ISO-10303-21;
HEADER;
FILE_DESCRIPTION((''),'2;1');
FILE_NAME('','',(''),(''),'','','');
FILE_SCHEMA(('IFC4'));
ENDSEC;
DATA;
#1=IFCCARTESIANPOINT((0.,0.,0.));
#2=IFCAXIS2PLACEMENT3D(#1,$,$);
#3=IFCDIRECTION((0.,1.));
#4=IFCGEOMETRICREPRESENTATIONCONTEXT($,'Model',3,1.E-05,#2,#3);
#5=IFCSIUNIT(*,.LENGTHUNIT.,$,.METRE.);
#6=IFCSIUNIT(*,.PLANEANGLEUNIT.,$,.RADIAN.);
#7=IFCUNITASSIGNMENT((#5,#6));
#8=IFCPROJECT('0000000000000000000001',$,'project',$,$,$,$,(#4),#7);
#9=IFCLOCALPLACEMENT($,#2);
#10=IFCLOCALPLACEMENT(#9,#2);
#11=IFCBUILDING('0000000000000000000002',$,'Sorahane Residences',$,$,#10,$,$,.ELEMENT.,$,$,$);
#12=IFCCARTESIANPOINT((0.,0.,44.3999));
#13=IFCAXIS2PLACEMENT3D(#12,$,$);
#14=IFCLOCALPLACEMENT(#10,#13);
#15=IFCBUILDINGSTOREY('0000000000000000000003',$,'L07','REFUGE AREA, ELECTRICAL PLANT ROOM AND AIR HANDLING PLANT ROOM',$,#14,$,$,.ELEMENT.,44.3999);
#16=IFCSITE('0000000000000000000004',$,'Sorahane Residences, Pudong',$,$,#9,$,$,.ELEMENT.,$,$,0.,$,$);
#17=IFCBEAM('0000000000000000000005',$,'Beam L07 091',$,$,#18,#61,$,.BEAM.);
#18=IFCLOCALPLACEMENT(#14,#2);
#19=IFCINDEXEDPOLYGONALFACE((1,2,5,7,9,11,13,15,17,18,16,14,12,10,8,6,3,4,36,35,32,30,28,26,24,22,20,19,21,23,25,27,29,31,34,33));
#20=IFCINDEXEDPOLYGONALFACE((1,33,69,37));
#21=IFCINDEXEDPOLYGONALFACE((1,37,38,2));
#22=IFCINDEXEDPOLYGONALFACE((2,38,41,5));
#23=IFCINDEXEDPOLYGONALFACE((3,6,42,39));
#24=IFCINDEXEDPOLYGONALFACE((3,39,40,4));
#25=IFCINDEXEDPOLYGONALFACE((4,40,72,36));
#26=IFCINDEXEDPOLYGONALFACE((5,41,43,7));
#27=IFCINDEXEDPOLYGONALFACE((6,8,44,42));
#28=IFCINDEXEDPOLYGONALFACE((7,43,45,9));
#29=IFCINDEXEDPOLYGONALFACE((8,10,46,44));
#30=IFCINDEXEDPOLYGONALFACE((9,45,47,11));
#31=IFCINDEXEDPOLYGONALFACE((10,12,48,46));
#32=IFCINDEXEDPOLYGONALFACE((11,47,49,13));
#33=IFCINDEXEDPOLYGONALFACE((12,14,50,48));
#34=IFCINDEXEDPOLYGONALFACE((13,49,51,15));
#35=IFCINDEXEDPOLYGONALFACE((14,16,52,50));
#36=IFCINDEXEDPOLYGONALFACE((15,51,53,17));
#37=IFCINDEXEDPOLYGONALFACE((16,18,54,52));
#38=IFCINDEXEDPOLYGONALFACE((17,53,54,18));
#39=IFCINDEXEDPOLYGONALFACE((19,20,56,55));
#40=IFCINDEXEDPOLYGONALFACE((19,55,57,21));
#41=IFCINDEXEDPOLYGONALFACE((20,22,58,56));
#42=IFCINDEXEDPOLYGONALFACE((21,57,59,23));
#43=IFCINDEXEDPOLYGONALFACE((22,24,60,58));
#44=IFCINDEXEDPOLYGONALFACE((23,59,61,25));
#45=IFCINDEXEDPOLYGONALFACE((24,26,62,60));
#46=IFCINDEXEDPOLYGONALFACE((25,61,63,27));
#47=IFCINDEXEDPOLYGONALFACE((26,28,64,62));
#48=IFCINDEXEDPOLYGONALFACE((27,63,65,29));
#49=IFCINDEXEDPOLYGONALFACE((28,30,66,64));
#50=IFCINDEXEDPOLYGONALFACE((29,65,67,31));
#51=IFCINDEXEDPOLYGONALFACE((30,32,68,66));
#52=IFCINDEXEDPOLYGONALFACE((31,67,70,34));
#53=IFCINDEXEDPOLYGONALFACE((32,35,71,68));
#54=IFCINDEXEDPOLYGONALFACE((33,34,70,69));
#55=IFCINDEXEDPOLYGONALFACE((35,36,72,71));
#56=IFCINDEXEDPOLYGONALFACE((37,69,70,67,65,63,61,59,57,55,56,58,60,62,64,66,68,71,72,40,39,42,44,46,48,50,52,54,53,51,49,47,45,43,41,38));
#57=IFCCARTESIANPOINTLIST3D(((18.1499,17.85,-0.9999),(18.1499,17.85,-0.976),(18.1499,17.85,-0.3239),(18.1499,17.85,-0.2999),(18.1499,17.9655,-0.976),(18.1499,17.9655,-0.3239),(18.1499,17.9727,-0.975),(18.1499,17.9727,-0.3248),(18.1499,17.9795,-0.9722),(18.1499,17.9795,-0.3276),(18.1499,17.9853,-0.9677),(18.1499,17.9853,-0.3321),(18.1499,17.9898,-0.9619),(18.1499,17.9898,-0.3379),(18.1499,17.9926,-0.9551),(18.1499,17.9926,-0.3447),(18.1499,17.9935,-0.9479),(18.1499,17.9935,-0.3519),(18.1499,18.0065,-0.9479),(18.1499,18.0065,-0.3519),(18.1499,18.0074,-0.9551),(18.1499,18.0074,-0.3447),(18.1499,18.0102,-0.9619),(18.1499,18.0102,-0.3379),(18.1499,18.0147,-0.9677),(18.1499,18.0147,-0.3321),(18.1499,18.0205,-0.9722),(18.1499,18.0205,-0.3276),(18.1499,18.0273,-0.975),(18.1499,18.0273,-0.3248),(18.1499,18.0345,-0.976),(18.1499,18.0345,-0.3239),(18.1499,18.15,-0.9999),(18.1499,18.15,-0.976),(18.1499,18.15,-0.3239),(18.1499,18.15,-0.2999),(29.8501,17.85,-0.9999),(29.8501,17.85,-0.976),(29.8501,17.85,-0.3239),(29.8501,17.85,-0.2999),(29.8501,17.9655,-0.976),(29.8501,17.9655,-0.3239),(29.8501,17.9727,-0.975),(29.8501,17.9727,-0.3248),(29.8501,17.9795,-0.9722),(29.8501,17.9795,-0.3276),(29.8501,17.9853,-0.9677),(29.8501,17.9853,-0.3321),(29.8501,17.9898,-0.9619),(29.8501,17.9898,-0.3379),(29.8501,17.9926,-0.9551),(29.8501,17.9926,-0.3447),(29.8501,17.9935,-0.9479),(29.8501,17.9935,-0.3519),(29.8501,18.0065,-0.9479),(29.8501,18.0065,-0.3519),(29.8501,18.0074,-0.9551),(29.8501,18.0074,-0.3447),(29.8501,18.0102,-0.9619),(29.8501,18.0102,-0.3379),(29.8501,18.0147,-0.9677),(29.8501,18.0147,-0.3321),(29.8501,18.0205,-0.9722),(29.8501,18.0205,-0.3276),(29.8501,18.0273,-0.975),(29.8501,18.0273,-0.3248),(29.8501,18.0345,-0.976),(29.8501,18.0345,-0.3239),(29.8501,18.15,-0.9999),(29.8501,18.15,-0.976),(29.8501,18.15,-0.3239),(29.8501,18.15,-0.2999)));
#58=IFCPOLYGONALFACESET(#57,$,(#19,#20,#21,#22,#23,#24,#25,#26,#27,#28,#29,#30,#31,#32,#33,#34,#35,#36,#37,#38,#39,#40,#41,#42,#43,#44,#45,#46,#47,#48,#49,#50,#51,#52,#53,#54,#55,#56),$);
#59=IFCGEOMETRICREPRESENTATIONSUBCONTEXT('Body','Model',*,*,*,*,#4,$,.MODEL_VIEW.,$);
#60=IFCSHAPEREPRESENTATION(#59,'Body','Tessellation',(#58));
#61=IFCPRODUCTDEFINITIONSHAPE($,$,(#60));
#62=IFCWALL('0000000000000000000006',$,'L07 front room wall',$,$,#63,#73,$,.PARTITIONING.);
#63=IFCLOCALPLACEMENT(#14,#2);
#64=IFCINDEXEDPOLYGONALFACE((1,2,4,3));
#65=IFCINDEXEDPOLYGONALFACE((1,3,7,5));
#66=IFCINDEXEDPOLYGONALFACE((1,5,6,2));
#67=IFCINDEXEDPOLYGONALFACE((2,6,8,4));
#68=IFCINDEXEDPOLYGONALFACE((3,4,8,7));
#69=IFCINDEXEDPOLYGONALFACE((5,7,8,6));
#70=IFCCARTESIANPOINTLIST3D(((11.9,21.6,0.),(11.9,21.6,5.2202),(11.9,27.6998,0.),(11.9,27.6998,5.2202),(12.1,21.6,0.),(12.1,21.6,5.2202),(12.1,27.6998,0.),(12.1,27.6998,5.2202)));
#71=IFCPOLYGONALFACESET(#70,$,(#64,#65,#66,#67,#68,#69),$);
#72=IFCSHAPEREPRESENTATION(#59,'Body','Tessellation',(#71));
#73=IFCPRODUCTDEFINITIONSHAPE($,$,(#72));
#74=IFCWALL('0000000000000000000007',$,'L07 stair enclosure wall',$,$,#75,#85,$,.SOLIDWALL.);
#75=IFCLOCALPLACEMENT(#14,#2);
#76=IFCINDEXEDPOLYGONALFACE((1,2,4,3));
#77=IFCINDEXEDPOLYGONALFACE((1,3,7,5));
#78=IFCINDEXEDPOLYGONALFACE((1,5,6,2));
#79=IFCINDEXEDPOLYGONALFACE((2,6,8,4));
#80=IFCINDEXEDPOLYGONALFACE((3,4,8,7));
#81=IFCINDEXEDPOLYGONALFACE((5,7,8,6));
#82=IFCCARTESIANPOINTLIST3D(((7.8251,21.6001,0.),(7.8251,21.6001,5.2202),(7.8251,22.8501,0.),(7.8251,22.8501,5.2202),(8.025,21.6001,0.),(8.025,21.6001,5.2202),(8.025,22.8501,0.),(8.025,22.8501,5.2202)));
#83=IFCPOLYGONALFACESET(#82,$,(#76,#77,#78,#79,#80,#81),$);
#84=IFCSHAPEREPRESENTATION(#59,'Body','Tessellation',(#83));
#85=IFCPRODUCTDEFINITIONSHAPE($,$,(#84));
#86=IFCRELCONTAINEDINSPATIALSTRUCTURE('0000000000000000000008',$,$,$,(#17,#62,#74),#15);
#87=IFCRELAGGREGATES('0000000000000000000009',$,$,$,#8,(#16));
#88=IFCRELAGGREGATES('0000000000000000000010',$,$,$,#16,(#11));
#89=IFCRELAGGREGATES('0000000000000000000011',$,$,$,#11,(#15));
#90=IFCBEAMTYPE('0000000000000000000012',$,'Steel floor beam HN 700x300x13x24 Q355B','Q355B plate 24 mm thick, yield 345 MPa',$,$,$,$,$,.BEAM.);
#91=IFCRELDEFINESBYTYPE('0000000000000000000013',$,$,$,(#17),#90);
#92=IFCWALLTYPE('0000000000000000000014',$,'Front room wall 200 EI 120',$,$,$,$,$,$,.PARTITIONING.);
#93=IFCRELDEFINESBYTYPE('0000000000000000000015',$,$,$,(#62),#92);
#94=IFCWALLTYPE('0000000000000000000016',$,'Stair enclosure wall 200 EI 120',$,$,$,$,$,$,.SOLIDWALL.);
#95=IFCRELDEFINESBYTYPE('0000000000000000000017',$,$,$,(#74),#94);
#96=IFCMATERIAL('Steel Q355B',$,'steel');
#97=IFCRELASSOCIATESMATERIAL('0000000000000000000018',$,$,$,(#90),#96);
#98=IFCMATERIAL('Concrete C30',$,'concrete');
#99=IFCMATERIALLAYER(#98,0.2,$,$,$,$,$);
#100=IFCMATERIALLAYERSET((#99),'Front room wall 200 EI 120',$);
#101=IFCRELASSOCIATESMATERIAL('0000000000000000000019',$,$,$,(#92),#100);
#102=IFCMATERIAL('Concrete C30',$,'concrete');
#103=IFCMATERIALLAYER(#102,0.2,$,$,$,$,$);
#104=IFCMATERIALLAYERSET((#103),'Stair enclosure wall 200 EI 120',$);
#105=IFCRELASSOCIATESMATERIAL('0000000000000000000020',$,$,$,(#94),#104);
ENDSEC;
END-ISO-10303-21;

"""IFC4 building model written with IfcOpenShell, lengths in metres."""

from ifc_helpers import new_model, si_unit, direction, frame, frame_2d, origin, origin_2d, place, context, subcontext, project, spatial, rectangle, i_section, extrude, material, layer, layer_set, material_profile, profile_set, type_object, element, save


model = new_model("IFC4")

# Units and contexts
model_context = context("Model", 3, precision=1e-05, world=origin(), true_north=direction((0.0, 1.0)))
body_context = subcontext(model_context, "Body", "Model", "MODEL_VIEW")
ifc_project = project(units=[si_unit("LENGTHUNIT", "METRE"), si_unit("PLANEANGLEUNIT", "RADIAN")], contexts=[model_context])

# Site, building, storey
site_placement = place(None, origin())
site = spatial("IfcSite", under=ifc_project, at=site_placement, Name="Sorahane Residences, Pudong", CompositionType="ELEMENT", RefElevation=0.0)
building_placement = place(site_placement, origin())
building = spatial("IfcBuilding", under=site, at=building_placement, Name="Sorahane Residences", CompositionType="ELEMENT")
storey_placement = place(building_placement, frame((0.0, 0.0, 44.3999)))
storey = spatial("IfcBuildingStorey", under=building, at=storey_placement, Name="L07", Description="REFUGE AREA, ELECTRICAL PLANT ROOM AND AIR HANDLING PLANT ROOM", CompositionType="ELEMENT", Elevation=44.3999)

# Beam
ifc_material_1 = material(Name="Steel Q355B", Category="steel")
ifc_material_profile_1 = material_profile(ifc_material_1, i_section(OverallWidth=0.3, OverallDepth=0.7, WebThickness=0.0129, FlangeThickness=0.0239, FilletRadius=0.0281, at=origin_2d()), Name="HN 700x300x13x24")
ifc_profile_set_1 = profile_set([ifc_material_profile_1], Name="Steel Q355B")
beam_type_1 = type_object("IfcBeamType", Name="Steel floor beam HN 700x300x13x24 Q355B", Description="Q355B plate 24 mm thick, yield 345 MPa", PredefinedType="BEAM", material=ifc_profile_set_1)
beam_1_placement = place(storey_placement, frame((18.1499, 18.0, -0.6499), z_axis=(1.0, 0.0, 0.0), x_axis=(0.0, 1.0, 0.0)))
element("IfcBeam", 1, at=beam_1_placement, inside=storey, type_object=beam_type_1, Name="Beam L07 091", PredefinedType="BEAM", context=body_context, shape_type="SweptSolid", body=[
    extrude(i_section(OverallWidth=0.3, OverallDepth=0.7, WebThickness=0.0129, FlangeThickness=0.0239, FilletRadius=0.0281, at=origin_2d()), origin(), (0.0, 0.0, 1.0), 11.7002),
])

# Walls
ifc_material_2 = material(Name="Concrete C30", Category="concrete")
ifc_layer_1 = layer(ifc_material_2, 0.2)
ifc_layer_set_1 = layer_set([ifc_layer_1], Name="Front room wall 200 EI 120")
wall_type_1 = type_object("IfcWallType", Name="Front room wall 200 EI 120", PredefinedType="PARTITIONING", material=ifc_layer_set_1)
wall_1_placement = place(storey_placement, frame((12.0, 21.6001, 0.0), z_axis=(0.0, 0.0, 1.0), x_axis=(0.0, 1.0, 0.0)))
element("IfcWall", 2, at=wall_1_placement, inside=storey, type_object=wall_type_1, Name="L07 front room wall", PredefinedType="PARTITIONING", context=body_context, shape_type="SweptSolid", body=[
    extrude(rectangle(XDim=6.0999, YDim=0.2, at=frame_2d((3.0498, 0.0))), origin(), (0.0, 0.0, 1.0), 5.2202),
])
ifc_material_3 = material(Name="Concrete C30", Category="concrete")
ifc_layer_2 = layer(ifc_material_3, 0.2)
ifc_layer_set_2 = layer_set([ifc_layer_2], Name="Stair enclosure wall 200 EI 120")
wall_type_2 = type_object("IfcWallType", Name="Stair enclosure wall 200 EI 120", PredefinedType="SOLIDWALL", material=ifc_layer_set_2)
wall_2_placement = place(storey_placement, frame((7.925, 21.6001, 0.0), z_axis=(0.0, 0.0, 1.0), x_axis=(0.0, 1.0, 0.0)))
element("IfcWall", 3, at=wall_2_placement, inside=storey, type_object=wall_type_2, Name="L07 stair enclosure wall", PredefinedType="SOLIDWALL", context=body_context, shape_type="SweptSolid", body=[
    extrude(rectangle(XDim=1.25, YDim=0.2, at=frame_2d((0.625, 0.0))), origin(), (0.0, 0.0, 1.0), 5.2202),
])

save(model, "model.ifc")
